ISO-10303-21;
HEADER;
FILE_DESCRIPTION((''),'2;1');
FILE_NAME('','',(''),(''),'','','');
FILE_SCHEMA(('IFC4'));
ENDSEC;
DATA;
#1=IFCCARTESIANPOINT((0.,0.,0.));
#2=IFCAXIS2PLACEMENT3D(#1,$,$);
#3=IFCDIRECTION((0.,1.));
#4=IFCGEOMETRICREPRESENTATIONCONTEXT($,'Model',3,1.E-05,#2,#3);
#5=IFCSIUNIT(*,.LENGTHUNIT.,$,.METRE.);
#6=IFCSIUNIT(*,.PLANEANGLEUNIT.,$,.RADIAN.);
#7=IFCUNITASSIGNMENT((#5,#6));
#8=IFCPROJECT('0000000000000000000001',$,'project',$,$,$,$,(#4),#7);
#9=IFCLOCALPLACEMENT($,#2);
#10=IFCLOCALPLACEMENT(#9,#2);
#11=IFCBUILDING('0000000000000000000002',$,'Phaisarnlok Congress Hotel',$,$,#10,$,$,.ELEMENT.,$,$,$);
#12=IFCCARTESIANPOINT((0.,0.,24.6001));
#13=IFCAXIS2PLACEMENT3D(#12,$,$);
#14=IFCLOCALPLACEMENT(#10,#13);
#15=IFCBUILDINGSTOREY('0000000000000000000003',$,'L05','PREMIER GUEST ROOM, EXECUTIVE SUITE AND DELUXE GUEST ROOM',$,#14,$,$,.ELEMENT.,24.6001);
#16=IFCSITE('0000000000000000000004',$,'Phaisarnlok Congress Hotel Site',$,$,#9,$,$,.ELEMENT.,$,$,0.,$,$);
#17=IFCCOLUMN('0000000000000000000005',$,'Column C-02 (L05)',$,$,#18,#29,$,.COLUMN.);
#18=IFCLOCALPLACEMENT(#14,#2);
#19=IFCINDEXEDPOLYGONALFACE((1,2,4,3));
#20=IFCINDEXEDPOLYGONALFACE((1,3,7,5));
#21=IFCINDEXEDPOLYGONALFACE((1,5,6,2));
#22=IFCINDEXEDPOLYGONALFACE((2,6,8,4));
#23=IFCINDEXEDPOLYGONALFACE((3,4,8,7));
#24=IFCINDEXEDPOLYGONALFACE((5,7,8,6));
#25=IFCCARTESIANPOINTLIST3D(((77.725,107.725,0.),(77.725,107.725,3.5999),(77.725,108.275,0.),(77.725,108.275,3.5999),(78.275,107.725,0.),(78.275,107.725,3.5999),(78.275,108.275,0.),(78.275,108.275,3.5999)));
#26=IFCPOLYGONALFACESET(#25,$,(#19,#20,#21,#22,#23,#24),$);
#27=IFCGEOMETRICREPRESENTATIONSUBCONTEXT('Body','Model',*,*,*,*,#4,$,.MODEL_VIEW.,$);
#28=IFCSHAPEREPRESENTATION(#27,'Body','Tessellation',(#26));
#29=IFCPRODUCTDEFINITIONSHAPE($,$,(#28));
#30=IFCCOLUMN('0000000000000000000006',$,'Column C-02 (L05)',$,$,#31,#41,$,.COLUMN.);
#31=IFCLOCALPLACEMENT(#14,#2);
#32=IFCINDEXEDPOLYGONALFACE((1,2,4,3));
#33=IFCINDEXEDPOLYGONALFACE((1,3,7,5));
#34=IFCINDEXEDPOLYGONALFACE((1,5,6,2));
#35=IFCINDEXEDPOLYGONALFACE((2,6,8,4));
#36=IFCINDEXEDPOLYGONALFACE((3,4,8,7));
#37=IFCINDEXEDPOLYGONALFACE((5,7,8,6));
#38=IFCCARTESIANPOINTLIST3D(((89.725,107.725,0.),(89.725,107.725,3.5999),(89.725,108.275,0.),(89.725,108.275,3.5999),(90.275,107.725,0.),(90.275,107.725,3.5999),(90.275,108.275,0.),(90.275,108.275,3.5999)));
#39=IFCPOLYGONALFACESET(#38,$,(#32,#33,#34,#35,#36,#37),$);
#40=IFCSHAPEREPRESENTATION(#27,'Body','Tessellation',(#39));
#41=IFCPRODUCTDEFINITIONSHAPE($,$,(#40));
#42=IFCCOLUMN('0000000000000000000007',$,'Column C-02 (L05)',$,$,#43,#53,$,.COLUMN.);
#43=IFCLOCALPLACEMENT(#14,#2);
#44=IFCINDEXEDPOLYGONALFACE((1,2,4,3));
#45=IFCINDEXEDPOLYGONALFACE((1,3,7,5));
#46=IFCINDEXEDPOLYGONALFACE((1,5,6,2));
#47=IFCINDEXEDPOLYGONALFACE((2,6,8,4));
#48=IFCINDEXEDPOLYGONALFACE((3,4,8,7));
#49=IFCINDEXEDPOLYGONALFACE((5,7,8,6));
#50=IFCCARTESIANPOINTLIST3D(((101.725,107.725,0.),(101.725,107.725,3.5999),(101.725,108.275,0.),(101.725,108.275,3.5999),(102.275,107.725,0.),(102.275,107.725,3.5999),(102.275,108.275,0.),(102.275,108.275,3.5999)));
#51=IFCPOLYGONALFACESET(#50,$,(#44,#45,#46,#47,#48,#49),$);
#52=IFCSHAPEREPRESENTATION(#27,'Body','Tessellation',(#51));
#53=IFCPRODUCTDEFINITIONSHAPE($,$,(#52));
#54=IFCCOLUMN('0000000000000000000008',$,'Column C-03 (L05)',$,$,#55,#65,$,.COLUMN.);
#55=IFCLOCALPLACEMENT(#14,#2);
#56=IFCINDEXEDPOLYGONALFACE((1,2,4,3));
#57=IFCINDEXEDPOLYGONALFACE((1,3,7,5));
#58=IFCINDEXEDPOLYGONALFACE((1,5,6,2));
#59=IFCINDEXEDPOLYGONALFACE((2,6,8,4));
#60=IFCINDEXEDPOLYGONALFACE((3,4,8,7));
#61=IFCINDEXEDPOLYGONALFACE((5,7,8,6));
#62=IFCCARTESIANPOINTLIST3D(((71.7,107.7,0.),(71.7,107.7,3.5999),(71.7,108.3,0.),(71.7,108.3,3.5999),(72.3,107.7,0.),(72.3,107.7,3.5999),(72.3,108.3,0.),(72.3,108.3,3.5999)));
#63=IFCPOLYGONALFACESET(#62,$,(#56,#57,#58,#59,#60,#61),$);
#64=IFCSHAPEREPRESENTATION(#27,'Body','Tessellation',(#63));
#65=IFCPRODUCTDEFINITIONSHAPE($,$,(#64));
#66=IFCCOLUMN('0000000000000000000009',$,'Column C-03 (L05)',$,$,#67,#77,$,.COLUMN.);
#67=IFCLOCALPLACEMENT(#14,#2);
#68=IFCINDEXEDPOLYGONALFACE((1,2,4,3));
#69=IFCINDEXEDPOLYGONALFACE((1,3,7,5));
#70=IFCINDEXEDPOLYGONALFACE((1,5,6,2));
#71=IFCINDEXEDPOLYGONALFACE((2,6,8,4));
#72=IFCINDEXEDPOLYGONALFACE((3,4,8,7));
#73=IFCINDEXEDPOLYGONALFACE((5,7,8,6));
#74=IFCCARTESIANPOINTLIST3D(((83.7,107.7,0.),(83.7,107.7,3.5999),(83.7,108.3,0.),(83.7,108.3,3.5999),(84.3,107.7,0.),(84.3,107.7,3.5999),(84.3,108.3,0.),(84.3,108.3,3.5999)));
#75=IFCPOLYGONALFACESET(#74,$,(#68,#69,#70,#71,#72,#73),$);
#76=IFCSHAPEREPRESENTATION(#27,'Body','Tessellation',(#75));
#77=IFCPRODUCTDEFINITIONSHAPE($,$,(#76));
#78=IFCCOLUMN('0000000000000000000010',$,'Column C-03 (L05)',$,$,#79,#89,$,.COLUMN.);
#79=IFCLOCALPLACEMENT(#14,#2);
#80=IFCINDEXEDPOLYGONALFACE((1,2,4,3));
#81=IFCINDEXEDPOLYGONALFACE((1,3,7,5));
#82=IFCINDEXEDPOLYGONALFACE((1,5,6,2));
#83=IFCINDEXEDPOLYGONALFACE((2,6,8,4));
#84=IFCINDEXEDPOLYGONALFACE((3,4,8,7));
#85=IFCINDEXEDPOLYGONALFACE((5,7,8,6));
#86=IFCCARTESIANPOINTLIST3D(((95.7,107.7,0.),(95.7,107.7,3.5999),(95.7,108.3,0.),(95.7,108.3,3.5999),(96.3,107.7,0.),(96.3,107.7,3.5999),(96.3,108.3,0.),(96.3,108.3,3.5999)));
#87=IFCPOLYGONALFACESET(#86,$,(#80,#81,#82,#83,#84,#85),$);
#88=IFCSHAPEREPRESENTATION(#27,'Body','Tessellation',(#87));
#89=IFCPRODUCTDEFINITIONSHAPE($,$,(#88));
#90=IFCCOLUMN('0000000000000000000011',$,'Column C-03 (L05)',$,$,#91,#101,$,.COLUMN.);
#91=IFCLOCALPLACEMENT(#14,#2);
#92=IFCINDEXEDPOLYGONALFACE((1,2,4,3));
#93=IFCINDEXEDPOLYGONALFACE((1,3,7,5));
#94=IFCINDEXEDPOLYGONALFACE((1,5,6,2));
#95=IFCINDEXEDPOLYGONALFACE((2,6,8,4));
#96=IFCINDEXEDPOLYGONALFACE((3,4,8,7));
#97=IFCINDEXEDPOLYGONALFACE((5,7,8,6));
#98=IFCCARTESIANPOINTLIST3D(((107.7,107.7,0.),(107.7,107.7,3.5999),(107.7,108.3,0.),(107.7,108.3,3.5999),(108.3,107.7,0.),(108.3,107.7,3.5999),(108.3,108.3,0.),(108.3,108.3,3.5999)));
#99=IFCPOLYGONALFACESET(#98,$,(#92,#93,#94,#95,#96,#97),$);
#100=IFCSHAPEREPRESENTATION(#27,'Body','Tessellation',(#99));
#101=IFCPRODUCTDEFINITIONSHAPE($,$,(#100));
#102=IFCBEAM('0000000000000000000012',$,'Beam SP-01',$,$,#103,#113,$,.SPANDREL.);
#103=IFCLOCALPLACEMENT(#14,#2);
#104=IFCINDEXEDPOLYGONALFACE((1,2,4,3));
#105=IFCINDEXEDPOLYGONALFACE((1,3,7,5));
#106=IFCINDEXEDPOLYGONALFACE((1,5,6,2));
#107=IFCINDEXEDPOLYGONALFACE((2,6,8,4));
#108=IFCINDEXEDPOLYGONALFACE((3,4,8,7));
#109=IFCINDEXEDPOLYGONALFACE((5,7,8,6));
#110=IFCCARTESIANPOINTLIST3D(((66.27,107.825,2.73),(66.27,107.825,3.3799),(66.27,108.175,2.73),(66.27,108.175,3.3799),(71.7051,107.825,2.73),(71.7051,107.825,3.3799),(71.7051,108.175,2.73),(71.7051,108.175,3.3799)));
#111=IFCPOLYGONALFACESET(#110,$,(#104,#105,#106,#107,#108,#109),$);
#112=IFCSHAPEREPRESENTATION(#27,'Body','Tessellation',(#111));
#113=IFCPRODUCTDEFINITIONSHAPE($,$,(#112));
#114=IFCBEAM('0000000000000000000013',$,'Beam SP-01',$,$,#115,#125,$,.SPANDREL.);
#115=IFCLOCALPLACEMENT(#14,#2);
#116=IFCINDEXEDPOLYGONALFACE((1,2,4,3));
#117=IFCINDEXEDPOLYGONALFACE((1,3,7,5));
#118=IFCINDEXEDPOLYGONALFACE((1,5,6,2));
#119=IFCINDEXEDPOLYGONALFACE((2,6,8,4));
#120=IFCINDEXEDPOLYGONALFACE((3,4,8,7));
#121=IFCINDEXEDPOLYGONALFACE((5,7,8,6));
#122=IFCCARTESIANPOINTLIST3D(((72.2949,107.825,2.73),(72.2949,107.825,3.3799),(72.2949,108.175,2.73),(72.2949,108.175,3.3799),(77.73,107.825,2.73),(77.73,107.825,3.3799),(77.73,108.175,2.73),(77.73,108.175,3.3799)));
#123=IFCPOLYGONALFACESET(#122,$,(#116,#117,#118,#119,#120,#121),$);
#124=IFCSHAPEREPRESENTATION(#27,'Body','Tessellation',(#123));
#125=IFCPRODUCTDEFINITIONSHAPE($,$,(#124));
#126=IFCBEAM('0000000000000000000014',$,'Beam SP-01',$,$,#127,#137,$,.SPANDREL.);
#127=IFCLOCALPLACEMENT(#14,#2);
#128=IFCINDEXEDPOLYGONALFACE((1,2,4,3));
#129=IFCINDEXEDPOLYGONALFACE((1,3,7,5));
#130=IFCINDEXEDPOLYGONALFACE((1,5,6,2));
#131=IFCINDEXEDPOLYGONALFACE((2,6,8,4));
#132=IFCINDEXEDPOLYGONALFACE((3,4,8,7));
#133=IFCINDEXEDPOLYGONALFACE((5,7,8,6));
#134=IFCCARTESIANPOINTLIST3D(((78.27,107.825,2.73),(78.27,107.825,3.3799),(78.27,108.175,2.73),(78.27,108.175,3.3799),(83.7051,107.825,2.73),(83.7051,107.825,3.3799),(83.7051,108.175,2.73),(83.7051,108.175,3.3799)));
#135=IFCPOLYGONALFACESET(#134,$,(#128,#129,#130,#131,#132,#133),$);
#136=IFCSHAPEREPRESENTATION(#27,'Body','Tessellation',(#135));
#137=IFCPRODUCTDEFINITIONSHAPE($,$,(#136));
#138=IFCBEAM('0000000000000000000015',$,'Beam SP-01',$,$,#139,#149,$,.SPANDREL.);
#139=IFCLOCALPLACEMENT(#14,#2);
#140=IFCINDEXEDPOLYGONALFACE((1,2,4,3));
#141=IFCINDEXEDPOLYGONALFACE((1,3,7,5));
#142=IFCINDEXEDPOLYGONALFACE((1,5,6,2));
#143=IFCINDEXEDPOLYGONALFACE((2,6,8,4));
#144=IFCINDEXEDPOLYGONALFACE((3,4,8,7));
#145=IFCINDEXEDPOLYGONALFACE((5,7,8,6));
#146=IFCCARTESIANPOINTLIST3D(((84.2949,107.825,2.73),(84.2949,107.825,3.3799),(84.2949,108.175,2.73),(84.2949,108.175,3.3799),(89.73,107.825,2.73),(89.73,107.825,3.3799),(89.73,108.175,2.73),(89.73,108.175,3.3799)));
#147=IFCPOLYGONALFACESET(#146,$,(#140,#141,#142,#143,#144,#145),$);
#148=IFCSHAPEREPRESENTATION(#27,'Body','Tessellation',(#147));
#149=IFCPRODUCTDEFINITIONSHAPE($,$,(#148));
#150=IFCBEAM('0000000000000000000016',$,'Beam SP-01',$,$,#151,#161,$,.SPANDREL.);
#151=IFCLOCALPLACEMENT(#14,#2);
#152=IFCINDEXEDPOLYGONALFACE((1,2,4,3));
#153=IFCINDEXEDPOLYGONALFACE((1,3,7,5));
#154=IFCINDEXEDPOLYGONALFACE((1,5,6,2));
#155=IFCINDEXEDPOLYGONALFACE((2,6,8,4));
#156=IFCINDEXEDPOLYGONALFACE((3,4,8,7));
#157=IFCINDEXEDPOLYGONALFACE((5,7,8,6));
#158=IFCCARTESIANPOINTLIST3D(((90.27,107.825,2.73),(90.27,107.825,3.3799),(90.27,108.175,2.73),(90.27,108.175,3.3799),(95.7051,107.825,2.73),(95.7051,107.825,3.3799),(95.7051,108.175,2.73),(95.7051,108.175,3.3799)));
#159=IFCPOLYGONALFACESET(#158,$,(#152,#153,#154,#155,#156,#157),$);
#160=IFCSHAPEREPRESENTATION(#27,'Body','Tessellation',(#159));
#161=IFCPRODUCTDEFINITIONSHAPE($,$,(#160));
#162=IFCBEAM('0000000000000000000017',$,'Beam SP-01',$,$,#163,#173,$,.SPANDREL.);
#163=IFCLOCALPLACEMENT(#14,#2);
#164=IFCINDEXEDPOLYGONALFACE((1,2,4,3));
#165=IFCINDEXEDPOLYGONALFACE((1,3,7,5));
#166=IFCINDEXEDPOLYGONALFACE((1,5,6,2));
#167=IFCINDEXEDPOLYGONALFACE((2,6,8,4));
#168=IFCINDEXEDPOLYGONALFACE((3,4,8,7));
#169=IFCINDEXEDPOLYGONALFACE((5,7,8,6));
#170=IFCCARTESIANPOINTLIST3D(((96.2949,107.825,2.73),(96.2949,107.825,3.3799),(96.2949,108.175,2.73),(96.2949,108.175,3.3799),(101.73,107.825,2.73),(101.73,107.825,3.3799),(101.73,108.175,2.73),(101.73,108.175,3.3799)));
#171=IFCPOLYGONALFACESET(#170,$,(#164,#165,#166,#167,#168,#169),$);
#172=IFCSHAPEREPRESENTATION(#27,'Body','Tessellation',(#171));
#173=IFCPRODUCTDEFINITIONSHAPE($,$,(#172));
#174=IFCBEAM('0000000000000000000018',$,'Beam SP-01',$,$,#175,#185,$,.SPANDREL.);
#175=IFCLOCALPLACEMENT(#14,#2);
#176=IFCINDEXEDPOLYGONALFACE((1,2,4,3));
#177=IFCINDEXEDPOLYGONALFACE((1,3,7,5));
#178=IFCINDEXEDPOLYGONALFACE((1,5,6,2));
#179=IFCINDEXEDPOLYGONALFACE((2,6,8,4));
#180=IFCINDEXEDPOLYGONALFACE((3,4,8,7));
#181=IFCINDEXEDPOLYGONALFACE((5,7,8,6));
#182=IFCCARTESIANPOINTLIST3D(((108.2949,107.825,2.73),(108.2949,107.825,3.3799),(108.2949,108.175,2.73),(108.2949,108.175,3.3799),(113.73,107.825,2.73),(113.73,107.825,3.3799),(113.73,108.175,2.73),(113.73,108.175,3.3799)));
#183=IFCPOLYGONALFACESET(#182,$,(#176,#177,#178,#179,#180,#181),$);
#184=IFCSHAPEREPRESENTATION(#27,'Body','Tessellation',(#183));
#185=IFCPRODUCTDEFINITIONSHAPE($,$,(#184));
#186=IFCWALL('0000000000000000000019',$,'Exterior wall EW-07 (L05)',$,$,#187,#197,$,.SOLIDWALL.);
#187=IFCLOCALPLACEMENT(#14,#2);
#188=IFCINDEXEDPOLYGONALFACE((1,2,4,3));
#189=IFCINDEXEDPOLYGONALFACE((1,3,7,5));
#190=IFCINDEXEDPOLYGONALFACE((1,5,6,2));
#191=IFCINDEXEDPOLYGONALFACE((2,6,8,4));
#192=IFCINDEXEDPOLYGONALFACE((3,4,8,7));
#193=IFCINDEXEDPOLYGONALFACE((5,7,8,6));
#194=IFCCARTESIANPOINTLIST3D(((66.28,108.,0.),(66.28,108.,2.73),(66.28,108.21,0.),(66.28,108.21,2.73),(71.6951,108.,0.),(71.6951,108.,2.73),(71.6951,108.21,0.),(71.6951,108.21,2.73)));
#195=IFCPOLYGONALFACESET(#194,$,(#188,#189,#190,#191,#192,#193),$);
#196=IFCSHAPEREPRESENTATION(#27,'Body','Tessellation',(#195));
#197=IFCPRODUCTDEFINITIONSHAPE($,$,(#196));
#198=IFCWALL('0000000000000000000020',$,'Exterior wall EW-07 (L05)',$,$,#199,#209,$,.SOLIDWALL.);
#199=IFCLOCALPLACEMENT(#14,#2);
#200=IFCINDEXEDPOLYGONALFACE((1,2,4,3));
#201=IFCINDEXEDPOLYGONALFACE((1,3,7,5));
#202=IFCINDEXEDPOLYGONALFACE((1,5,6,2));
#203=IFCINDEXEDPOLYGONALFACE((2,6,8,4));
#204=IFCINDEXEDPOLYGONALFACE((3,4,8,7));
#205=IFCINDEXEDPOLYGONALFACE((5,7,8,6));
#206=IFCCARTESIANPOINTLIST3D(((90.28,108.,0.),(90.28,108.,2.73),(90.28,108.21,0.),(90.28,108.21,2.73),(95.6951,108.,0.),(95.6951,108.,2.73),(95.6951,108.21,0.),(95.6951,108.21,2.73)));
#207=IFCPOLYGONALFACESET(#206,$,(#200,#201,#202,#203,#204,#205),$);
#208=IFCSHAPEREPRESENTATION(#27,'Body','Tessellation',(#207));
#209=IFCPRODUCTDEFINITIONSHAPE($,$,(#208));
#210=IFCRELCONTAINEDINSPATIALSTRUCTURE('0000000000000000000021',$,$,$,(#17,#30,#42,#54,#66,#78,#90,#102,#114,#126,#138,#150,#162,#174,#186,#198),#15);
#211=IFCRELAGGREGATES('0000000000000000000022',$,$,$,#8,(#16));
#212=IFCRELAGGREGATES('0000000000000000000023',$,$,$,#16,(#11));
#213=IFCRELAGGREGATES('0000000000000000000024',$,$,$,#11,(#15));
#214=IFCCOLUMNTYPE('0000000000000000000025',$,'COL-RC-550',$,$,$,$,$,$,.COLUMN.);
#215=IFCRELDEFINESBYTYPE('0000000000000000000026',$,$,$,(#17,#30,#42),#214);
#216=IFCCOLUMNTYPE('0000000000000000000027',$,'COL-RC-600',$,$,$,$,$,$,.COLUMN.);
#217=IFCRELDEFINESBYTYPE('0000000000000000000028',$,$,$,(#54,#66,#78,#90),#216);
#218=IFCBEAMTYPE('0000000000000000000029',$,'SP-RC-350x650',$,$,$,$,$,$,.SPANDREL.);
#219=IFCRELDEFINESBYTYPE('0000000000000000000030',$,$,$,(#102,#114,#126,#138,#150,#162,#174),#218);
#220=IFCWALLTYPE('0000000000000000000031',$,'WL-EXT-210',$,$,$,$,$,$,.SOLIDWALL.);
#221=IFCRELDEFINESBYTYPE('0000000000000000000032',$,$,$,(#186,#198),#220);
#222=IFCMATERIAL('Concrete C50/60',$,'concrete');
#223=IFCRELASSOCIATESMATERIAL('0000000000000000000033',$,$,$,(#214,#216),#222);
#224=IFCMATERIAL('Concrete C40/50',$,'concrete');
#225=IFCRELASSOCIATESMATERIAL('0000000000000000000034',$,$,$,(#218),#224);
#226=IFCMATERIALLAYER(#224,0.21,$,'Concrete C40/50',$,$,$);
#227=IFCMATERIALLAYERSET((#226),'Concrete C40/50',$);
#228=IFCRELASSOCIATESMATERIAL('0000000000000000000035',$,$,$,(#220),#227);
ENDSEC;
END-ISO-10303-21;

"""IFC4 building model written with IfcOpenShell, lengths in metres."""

from ifc_helpers import new_model, si_unit, direction, frame, frame_2d, origin, origin_2d, place, context, subcontext, project, spatial, rectangle, extrude, material, layer, layer_set, material_profile, profile_set, type_object, element, save


model = new_model("IFC4")

# Units and contexts
model_context = context("Model", 3, precision=1e-05, world=origin(), true_north=direction((0.0, 1.0)))
body_context = subcontext(model_context, "Body", "Model", "MODEL_VIEW")
ifc_project = project(units=[si_unit("LENGTHUNIT", "METRE"), si_unit("PLANEANGLEUNIT", "RADIAN")], contexts=[model_context])

# Site, building, storey
site_placement = place(None, origin())
site = spatial("IfcSite", under=ifc_project, at=site_placement, Name="Phaisarnlok Congress Hotel Site", CompositionType="ELEMENT", RefElevation=0.0)
building_placement = place(site_placement, origin())
building = spatial("IfcBuilding", under=site, at=building_placement, Name="Phaisarnlok Congress Hotel", CompositionType="ELEMENT")
storey_placement = place(building_placement, frame((0.0, 0.0, 24.6001)))
storey = spatial("IfcBuildingStorey", under=building, at=storey_placement, Name="L05", Description="PREMIER GUEST ROOM, EXECUTIVE SUITE AND DELUXE GUEST ROOM", CompositionType="ELEMENT", Elevation=24.6001)

# Columns
ifc_material_1 = material(Name="Concrete C50/60", Category="concrete")
ifc_material_profile_1 = material_profile(ifc_material_1, rectangle(XDim=0.55, YDim=0.55, at=origin_2d()), Name="RC 550x550")
ifc_profile_set_1 = profile_set([ifc_material_profile_1], Name="Concrete C50/60")
column_type_1 = type_object("IfcColumnType", Name="COL-RC-550", PredefinedType="COLUMN", material=ifc_profile_set_1)
for number, where, z_axis, x_axis, name in (
    (1, (78.0, 108.0, 0.0), (0.0, 0.0, 1.0), (1.0, 0.0, 0.0), "Column C-02 (L05)"),
    (2, (90.0, 108.0, 0.0), (0.0, 0.0, 1.0), (1.0, 0.0, 0.0), "Column C-02 (L05)"),
    (3, (102.0, 108.0, 0.0), (0.0, 0.0, 1.0), (1.0, 0.0, 0.0), "Column C-02 (L05)"),
):
    element("IfcColumn", number, at=place(storey_placement, frame(where, z_axis=z_axis, x_axis=x_axis)), inside=storey, type_object=column_type_1, Name=name, PredefinedType="COLUMN", context=body_context, shape_type="SweptSolid", body=[
        extrude(rectangle(XDim=0.55, YDim=0.55, at=origin_2d()), origin(), (0.0, 0.0, 1.0), 3.5999),
    ])
ifc_material_profile_2 = material_profile(ifc_material_1, rectangle(XDim=0.6001, YDim=0.6001, at=origin_2d()), Name="RC 600x600")
ifc_profile_set_2 = profile_set([ifc_material_profile_2], Name="Concrete C50/60")
column_type_2 = type_object("IfcColumnType", Name="COL-RC-600", PredefinedType="COLUMN", material=ifc_profile_set_2)
for number, where, z_axis, x_axis, name in (
    (4, (72.0, 108.0, 0.0), (0.0, 0.0, 1.0), (1.0, 0.0, 0.0), "Column C-03 (L05)"),
    (5, (84.0, 108.0, 0.0), (0.0, 0.0, 1.0), (1.0, 0.0, 0.0), "Column C-03 (L05)"),
    (6, (96.0, 108.0, 0.0), (0.0, 0.0, 1.0), (1.0, 0.0, 0.0), "Column C-03 (L05)"),
    (7, (108.0, 108.0, 0.0), (0.0, 0.0, 1.0), (1.0, 0.0, 0.0), "Column C-03 (L05)"),
):
    element("IfcColumn", number, at=place(storey_placement, frame(where, z_axis=z_axis, x_axis=x_axis)), inside=storey, type_object=column_type_2, Name=name, PredefinedType="COLUMN", context=body_context, shape_type="SweptSolid", body=[
        extrude(rectangle(XDim=0.6001, YDim=0.6001, at=origin_2d()), origin(), (0.0, 0.0, 1.0), 3.5999),
    ])

# Beams
ifc_material_2 = material(Name="Concrete C40/50", Category="concrete")
ifc_material_profile_3 = material_profile(ifc_material_2, rectangle(XDim=0.3501, YDim=0.6499, at=origin_2d()), Name="RC 350x650")
ifc_profile_set_3 = profile_set([ifc_material_profile_3], Name="Concrete C40/50")
beam_type = type_object("IfcBeamType", Name="SP-RC-350x650", PredefinedType="SPANDREL", material=ifc_profile_set_3)
for number, where, z_axis, x_axis, name in (
    (8, (66.27, 108.0, 3.0549), (1.0, 0.0, 0.0), (0.0, 1.0, 0.0), "Beam SP-01"),
    (9, (72.2949, 108.0, 3.0549), (1.0, 0.0, 0.0), (0.0, 1.0, 0.0), "Beam SP-01"),
    (10, (78.27, 108.0, 3.0549), (1.0, 0.0, 0.0), (0.0, 1.0, 0.0), "Beam SP-01"),
    (11, (84.2949, 108.0, 3.0549), (1.0, 0.0, 0.0), (0.0, 1.0, 0.0), "Beam SP-01"),
    (12, (90.27, 108.0, 3.0549), (1.0, 0.0, 0.0), (0.0, 1.0, 0.0), "Beam SP-01"),
    (13, (96.2949, 108.0, 3.0549), (1.0, 0.0, 0.0), (0.0, 1.0, 0.0), "Beam SP-01"),
    (14, (108.2949, 108.0, 3.0549), (1.0, 0.0, 0.0), (0.0, 1.0, 0.0), "Beam SP-01"),
):
    element("IfcBeam", number, at=place(storey_placement, frame(where, z_axis=z_axis, x_axis=x_axis)), inside=storey, type_object=beam_type, Name=name, PredefinedType="SPANDREL", context=body_context, shape_type="SweptSolid", body=[
        extrude(rectangle(XDim=0.3501, YDim=0.6499, at=origin_2d()), origin(), (0.0, 0.0, 1.0), 5.4351),
    ])

# Walls
ifc_layer_1 = layer(ifc_material_2, 0.21, Name="Concrete C40/50")
ifc_layer_set_1 = layer_set([ifc_layer_1], Name="Concrete C40/50")
wall_type_1 = type_object("IfcWallType", Name="WL-EXT-210", PredefinedType="SOLIDWALL", material=ifc_layer_set_1)
for number, where, z_axis, x_axis, name in (
    (15, (66.28, 108.105, 0.0), (0.0, 0.0, 1.0), (1.0, 0.0, 0.0), "Exterior wall EW-07 (L05)"),
    (16, (90.28, 108.105, 0.0), (0.0, 0.0, 1.0), (1.0, 0.0, 0.0), "Exterior wall EW-07 (L05)"),
):
    element("IfcWall", number, at=place(storey_placement, frame(where, z_axis=z_axis, x_axis=x_axis)), inside=storey, type_object=wall_type_1, Name=name, PredefinedType="SOLIDWALL", context=body_context, shape_type="SweptSolid", body=[
        extrude(rectangle(XDim=5.415, YDim=0.21, at=frame_2d((2.7075, 0.0))), origin(), (0.0, 0.0, 1.0), 2.73),
    ])

save(model, "model.ifc")
